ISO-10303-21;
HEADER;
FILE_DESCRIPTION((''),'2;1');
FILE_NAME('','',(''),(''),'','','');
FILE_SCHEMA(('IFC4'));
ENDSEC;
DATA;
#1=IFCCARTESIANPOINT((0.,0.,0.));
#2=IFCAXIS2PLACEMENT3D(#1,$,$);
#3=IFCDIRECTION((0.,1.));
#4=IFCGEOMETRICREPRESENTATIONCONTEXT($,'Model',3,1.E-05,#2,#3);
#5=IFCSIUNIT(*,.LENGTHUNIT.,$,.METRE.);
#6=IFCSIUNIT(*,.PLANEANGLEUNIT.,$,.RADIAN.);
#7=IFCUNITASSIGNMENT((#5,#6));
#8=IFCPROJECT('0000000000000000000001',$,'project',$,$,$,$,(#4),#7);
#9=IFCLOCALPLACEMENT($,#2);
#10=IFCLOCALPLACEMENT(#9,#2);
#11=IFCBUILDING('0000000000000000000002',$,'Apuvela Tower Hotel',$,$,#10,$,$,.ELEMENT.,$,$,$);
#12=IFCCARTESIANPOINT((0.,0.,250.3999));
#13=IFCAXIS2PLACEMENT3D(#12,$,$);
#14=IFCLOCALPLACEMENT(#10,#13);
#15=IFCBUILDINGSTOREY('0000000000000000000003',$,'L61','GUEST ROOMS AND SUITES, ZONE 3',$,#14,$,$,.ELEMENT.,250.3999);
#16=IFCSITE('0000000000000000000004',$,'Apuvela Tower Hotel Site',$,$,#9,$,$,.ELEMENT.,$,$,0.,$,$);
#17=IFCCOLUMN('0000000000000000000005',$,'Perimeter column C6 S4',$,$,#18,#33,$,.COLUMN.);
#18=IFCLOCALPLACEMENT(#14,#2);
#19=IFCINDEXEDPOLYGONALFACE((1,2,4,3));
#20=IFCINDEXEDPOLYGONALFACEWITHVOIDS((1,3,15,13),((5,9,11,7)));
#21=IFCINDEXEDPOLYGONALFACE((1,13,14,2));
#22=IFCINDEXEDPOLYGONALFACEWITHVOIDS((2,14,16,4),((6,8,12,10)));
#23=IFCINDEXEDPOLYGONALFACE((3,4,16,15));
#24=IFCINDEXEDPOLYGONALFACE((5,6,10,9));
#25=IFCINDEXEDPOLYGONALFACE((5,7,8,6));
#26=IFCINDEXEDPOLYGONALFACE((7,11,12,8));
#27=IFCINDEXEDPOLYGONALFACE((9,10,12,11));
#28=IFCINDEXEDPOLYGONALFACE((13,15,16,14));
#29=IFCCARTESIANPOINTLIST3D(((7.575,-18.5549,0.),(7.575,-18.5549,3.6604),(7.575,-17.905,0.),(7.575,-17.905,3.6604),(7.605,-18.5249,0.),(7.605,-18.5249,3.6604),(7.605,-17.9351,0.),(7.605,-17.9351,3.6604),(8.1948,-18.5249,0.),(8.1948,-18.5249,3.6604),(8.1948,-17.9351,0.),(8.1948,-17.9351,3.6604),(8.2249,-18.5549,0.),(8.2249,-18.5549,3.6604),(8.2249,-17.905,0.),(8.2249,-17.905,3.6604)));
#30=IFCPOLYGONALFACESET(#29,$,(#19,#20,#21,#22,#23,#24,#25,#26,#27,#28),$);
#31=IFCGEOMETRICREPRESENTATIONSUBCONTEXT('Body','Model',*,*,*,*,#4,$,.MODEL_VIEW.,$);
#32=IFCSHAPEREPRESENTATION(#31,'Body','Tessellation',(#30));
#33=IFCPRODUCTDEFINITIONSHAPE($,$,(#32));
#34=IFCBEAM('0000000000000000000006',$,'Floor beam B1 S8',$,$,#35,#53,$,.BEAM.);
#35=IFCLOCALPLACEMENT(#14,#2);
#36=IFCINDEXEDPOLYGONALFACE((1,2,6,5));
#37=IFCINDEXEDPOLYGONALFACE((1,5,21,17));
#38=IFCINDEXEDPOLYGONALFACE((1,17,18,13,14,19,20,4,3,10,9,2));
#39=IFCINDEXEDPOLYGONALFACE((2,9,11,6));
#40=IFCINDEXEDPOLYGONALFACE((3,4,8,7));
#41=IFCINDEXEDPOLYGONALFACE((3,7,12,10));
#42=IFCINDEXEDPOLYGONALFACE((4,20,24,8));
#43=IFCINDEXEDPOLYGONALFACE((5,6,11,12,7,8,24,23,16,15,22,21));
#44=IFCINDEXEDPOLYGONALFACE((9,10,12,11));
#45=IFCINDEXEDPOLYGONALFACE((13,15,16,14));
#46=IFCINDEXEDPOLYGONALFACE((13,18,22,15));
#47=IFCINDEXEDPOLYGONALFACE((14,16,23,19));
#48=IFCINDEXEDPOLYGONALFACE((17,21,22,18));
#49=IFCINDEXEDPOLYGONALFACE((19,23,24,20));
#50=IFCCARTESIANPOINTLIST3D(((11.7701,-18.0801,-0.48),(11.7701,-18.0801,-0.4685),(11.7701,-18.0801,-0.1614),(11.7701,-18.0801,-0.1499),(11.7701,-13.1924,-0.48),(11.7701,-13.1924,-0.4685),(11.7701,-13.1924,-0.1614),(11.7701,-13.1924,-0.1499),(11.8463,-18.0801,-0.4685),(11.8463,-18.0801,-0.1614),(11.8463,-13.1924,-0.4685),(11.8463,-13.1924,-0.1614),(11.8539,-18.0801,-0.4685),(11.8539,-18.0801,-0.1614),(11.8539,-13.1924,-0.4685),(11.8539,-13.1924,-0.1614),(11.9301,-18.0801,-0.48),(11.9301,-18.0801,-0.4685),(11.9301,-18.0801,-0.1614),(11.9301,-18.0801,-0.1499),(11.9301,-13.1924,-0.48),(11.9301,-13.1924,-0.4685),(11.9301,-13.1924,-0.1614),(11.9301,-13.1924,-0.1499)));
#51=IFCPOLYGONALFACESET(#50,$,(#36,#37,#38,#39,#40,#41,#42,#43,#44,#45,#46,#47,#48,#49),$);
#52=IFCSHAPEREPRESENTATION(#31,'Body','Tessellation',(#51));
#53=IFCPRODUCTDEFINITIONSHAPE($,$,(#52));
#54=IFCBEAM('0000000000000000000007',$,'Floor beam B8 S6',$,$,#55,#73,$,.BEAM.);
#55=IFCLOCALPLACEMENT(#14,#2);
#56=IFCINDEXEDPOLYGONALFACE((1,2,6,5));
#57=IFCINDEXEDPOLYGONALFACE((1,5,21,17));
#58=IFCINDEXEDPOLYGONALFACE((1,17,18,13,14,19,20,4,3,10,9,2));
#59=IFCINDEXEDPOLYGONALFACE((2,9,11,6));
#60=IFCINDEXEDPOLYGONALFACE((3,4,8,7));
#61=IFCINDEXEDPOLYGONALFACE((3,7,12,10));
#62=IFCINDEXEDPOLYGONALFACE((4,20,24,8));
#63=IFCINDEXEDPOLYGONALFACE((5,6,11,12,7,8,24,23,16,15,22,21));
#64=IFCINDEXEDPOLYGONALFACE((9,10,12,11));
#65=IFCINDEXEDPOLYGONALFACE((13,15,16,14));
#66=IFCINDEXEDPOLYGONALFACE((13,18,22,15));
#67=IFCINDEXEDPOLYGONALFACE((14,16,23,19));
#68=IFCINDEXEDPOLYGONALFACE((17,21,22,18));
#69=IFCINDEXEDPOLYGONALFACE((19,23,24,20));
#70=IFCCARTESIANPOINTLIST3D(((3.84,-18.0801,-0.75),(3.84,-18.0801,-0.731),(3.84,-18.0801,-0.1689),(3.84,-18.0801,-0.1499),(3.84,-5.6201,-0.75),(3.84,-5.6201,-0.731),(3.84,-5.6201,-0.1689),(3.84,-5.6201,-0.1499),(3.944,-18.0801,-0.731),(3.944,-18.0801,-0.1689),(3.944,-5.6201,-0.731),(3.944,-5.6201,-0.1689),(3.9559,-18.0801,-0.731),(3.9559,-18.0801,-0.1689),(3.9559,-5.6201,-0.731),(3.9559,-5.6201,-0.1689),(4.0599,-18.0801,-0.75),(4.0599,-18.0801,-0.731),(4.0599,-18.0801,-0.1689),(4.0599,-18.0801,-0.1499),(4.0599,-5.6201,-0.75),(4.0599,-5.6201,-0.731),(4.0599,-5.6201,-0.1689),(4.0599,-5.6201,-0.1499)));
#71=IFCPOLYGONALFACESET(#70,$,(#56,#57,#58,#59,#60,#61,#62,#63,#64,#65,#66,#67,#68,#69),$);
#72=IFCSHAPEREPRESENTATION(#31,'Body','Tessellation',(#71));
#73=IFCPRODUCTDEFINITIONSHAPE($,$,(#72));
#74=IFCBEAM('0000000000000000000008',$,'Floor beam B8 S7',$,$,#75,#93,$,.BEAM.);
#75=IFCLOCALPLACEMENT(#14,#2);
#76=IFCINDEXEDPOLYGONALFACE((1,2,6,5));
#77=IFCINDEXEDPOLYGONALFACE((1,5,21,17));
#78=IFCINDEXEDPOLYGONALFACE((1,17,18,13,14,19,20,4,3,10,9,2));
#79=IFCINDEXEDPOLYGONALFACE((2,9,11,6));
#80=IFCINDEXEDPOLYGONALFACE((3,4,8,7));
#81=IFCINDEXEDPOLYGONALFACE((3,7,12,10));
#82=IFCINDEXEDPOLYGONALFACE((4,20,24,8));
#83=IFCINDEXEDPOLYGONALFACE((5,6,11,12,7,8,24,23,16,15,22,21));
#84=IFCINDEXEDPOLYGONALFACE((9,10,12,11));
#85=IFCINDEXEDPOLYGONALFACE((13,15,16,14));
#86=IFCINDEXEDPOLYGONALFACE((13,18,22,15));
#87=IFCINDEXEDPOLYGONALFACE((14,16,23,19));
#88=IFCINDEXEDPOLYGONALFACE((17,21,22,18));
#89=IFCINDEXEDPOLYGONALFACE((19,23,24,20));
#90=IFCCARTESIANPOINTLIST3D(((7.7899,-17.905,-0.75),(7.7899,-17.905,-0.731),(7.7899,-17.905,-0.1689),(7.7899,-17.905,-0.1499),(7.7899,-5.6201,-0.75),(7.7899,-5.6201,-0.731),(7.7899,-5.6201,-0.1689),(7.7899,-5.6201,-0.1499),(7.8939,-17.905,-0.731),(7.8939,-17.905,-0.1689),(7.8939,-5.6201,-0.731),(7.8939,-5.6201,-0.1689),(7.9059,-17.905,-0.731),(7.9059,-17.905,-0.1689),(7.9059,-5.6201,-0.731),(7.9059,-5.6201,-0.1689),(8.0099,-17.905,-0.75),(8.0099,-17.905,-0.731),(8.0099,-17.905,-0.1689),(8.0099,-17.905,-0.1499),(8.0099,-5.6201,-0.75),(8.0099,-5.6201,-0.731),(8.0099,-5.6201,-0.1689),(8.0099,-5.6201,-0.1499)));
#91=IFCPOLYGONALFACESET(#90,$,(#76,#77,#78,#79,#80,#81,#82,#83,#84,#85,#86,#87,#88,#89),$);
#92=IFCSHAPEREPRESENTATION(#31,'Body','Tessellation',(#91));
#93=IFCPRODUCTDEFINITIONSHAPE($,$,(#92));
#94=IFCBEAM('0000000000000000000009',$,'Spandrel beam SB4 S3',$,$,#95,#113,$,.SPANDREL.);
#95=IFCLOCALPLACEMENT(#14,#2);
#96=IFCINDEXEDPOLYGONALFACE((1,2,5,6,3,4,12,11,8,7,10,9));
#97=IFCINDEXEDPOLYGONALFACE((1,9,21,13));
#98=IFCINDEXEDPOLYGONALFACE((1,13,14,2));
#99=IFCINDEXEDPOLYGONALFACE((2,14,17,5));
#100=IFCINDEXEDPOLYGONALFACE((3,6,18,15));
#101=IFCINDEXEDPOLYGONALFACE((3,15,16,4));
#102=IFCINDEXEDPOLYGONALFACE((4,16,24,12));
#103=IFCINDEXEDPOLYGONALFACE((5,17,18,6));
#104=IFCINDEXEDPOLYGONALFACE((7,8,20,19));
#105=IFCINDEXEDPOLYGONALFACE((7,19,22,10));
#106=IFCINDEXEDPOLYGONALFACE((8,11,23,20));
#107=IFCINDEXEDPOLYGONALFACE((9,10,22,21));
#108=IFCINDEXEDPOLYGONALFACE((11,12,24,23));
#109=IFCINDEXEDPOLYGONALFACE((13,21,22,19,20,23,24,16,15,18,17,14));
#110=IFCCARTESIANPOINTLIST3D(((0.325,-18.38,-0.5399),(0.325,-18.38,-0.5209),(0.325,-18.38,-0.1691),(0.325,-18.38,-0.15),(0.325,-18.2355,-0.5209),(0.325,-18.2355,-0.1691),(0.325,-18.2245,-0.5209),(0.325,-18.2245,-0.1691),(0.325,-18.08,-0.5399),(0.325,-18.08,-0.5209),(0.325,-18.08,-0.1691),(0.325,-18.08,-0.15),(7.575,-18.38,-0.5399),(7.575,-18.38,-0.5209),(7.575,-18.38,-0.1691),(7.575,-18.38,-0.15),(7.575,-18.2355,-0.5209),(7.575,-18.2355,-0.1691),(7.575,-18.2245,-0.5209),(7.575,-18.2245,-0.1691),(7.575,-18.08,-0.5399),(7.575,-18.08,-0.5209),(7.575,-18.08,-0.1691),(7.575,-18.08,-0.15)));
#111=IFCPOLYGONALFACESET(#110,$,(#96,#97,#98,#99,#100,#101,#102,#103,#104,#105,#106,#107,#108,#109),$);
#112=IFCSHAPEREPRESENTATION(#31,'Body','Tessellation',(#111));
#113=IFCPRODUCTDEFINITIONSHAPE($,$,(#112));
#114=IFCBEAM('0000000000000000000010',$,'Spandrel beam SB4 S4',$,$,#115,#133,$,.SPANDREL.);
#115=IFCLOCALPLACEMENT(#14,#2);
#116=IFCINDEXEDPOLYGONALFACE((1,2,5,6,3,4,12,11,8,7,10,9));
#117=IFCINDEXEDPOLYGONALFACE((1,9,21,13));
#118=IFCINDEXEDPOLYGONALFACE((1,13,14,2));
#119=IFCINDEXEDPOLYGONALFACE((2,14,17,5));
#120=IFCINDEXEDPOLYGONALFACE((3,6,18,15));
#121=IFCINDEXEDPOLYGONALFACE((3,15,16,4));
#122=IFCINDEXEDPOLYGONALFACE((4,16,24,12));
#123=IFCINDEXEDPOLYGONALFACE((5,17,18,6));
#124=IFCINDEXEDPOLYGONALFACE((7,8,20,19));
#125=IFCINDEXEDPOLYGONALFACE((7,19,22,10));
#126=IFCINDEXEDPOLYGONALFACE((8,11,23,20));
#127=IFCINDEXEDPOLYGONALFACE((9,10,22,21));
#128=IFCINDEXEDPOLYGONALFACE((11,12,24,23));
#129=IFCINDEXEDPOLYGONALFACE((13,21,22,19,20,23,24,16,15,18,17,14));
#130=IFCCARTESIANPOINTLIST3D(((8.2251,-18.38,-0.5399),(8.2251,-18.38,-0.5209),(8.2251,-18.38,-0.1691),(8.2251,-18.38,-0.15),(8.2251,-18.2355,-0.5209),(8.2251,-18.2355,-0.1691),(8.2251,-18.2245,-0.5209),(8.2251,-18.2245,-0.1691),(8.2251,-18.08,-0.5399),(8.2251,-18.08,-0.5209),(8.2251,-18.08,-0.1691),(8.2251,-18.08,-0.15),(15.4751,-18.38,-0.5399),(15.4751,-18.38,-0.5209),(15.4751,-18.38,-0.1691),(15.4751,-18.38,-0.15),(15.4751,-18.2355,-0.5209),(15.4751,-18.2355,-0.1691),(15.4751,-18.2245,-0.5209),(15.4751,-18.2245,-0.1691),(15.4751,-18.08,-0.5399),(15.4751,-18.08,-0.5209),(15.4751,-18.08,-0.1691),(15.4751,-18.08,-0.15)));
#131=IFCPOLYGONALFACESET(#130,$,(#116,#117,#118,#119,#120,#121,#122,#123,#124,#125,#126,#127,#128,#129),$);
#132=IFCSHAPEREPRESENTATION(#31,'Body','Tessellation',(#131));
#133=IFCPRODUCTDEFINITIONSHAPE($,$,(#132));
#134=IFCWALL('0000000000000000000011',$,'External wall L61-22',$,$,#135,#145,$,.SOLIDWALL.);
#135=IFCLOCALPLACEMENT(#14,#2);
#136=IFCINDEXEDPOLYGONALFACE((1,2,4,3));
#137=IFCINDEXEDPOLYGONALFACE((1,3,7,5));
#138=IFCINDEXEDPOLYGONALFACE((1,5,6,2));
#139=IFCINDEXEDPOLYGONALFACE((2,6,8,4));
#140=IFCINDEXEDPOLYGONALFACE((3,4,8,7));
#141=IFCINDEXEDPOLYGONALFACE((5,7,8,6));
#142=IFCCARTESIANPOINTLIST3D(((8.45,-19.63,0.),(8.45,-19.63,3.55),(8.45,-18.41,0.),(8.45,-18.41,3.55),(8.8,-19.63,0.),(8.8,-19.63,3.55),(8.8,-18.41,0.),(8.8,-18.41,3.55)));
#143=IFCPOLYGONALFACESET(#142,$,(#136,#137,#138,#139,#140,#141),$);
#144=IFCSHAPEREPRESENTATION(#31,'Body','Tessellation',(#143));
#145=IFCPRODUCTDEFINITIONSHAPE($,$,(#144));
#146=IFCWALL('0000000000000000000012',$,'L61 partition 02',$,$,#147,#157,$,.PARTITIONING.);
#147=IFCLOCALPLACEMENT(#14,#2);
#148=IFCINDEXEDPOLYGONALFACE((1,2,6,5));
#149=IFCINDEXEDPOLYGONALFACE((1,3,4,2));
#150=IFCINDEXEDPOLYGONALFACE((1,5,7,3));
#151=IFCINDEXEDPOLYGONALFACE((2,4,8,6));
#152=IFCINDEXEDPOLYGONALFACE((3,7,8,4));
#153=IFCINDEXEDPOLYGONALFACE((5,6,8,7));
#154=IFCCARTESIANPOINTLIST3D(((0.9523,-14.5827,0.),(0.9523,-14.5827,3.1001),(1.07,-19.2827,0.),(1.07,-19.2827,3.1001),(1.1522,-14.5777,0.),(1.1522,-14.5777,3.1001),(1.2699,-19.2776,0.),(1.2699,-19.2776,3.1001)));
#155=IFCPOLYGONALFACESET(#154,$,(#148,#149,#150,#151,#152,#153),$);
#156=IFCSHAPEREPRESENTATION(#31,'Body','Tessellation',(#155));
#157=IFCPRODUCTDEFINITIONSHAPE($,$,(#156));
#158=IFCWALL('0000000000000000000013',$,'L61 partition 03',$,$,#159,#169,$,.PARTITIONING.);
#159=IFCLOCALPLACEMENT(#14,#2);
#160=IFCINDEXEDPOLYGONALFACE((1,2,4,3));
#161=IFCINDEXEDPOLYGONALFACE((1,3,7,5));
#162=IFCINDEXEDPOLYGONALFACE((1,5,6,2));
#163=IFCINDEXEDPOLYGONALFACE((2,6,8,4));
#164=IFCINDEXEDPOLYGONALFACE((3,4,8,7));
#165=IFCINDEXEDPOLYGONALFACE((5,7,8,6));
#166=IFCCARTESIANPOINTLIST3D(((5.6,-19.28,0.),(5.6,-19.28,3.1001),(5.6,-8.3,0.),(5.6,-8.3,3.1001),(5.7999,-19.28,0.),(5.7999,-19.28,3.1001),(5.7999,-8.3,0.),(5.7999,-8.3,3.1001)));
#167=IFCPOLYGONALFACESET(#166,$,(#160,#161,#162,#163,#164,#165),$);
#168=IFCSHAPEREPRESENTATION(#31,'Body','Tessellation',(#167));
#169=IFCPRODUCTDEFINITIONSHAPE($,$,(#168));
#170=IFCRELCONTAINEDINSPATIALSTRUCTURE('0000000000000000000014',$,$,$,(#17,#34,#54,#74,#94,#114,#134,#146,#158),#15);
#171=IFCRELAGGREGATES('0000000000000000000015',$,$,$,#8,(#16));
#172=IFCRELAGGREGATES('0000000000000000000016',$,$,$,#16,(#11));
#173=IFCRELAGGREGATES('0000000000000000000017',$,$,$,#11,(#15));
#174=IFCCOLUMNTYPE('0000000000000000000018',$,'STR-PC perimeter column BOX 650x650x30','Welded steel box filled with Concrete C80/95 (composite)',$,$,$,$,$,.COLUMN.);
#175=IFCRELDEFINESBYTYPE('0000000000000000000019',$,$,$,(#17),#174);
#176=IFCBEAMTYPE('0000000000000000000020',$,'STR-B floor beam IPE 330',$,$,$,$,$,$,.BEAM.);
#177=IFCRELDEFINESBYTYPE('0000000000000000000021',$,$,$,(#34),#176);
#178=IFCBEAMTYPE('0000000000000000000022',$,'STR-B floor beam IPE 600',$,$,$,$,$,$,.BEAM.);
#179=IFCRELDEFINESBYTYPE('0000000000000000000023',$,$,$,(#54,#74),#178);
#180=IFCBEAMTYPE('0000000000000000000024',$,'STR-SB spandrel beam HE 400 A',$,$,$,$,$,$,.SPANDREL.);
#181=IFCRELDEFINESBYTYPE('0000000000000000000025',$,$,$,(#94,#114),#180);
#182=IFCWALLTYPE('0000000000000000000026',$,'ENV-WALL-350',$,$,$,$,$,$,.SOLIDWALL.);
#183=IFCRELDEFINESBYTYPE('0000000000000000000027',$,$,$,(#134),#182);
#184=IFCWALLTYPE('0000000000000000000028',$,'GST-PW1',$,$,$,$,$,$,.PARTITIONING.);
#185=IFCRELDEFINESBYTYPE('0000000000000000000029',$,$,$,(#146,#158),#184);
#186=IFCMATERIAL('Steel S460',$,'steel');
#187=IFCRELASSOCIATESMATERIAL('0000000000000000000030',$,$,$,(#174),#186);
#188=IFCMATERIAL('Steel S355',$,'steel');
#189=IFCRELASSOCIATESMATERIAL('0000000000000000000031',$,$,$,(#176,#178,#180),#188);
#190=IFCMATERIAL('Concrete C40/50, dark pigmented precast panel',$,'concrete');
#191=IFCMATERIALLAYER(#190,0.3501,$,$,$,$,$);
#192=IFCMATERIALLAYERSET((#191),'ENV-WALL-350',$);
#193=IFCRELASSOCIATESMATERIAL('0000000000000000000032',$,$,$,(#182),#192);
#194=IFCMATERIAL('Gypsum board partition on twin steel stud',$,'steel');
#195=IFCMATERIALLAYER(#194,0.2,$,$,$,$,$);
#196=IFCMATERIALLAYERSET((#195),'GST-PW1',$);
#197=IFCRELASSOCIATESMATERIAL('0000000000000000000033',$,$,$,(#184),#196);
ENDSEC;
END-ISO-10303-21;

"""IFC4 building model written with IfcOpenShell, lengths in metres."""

from ifc_helpers import new_model, si_unit, direction, frame, frame_2d, origin, origin_2d, place, context, subcontext, project, spatial, rectangle, hollow_rectangle, i_section, extrude, boolean, halfspace, material, layer, layer_set, material_profile, profile_set, type_object, element, save


model = new_model("IFC4")

# Units and contexts
model_context = context("Model", 3, precision=1e-05, world=origin(), true_north=direction((0.0, 1.0)))
body_context = subcontext(model_context, "Body", "Model", "MODEL_VIEW")
ifc_project = project(units=[si_unit("LENGTHUNIT", "METRE"), si_unit("PLANEANGLEUNIT", "RADIAN")], contexts=[model_context])

# Site, building, storey
site_placement = place(None, origin())
site = spatial("IfcSite", under=ifc_project, at=site_placement, Name="Apuvela Tower Hotel Site", CompositionType="ELEMENT", RefElevation=0.0)
building_placement = place(site_placement, origin())
building = spatial("IfcBuilding", under=site, at=building_placement, Name="Apuvela Tower Hotel", CompositionType="ELEMENT")
storey_placement = place(building_placement, frame((0.0, 0.0, 250.3999)))
storey = spatial("IfcBuildingStorey", under=building, at=storey_placement, Name="L61", Description="GUEST ROOMS AND SUITES, ZONE 3", CompositionType="ELEMENT", Elevation=250.3999)

# Column
ifc_material_1 = material(Name="Steel S460", Category="steel")
ifc_material_profile_1 = material_profile(ifc_material_1, hollow_rectangle(XDim=0.6499, YDim=0.6499, WallThickness=0.03, at=origin_2d()), Name="BOX 650x650x30")
ifc_material_2 = material(Name="Concrete C80/95", Category="concrete")
ifc_material_profile_2 = material_profile(ifc_material_2, rectangle(XDim=0.5901, YDim=0.5901, at=origin_2d()), Name="Concrete C80/95 infill")
ifc_profile_set_1 = profile_set([ifc_material_profile_1, ifc_material_profile_2], Name="Steel S460")
column_type = type_object("IfcColumnType", Name="STR-PC perimeter column BOX 650x650x30", Description="Welded steel box filled with Concrete C80/95 (composite)", PredefinedType="COLUMN", material=ifc_profile_set_1)
column_placement = place(storey_placement, frame((7.8999, -18.23, 0.0), z_axis=(0.0, 0.0, 1.0), x_axis=(-1.0, 0.0, 0.0)))
element("IfcColumn", 1, at=column_placement, inside=storey, type_object=column_type, Name="Perimeter column C6 S4", PredefinedType="COLUMN", context=body_context, shape_type="SweptSolid", body=[
    boolean("DIFFERENCE", extrude(hollow_rectangle(XDim=0.6499, YDim=0.6499, WallThickness=0.03, at=origin_2d()), origin(), (0.0, 0.0, 1.0), 3.7002), halfspace(frame((0.0, 0.0, 3.6604), z_axis=(0.0, 0.0, 1.0), x_axis=(1.0, 0.0, 0.0)), False)),
])

# Beams
ifc_material_3 = material(Name="Steel S355", Category="steel")
ifc_material_profile_3 = material_profile(ifc_material_3, i_section(OverallWidth=0.1599, OverallDepth=0.3301, WebThickness=0.0076, FlangeThickness=0.0115, at=origin_2d()), Name="IPE 330")
ifc_profile_set_2 = profile_set([ifc_material_profile_3], Name="Steel S355")
beam_type_1 = type_object("IfcBeamType", Name="STR-B floor beam IPE 330", PredefinedType="BEAM", material=ifc_profile_set_2)
beam_1_placement = place(storey_placement, frame((11.8501, -18.0801, -0.3149), z_axis=(0.0, 1.0, 0.0), x_axis=(-1.0, 0.0, 0.0)))
element("IfcBeam", 2, at=beam_1_placement, inside=storey, type_object=beam_type_1, Name="Floor beam B1 S8", PredefinedType="BEAM", context=body_context, shape_type="SweptSolid", body=[
    extrude(i_section(OverallWidth=0.1599, OverallDepth=0.3301, WebThickness=0.0076, FlangeThickness=0.0115, at=origin_2d()), origin(), (0.0, 0.0, 1.0), 4.8877),
])
ifc_material_profile_4 = material_profile(ifc_material_3, i_section(OverallWidth=0.22, OverallDepth=0.6001, WebThickness=0.012, FlangeThickness=0.019, at=origin_2d()), Name="IPE 600")
ifc_profile_set_3 = profile_set([ifc_material_profile_4], Name="Steel S355")
beam_type_2 = type_object("IfcBeamType", Name="STR-B floor beam IPE 600", PredefinedType="BEAM", material=ifc_profile_set_3)
beam_2_placement = place(storey_placement, frame((3.95, -18.0801, -0.45), z_axis=(0.0, 1.0, 0.0), x_axis=(-1.0, 0.0, 0.0)))
element("IfcBeam", 3, at=beam_2_placement, inside=storey, type_object=beam_type_2, Name="Floor beam B8 S6", PredefinedType="BEAM", context=body_context, shape_type="SweptSolid", body=[
    extrude(i_section(OverallWidth=0.22, OverallDepth=0.6001, WebThickness=0.012, FlangeThickness=0.019, at=origin_2d()), origin(), (0.0, 0.0, 1.0), 12.46),
])
beam_3_placement = place(storey_placement, frame((7.8999, -17.905, -0.45), z_axis=(0.0, 1.0, 0.0), x_axis=(-1.0, 0.0, 0.0)))
element("IfcBeam", 4, at=beam_3_placement, inside=storey, type_object=beam_type_2, Name="Floor beam B8 S7", PredefinedType="BEAM", context=body_context, shape_type="SweptSolid", body=[
    extrude(i_section(OverallWidth=0.22, OverallDepth=0.6001, WebThickness=0.012, FlangeThickness=0.019, at=origin_2d()), origin(), (0.0, 0.0, 1.0), 12.2849),
])
ifc_material_profile_5 = material_profile(ifc_material_3, i_section(OverallWidth=0.3, OverallDepth=0.3899, WebThickness=0.011, FlangeThickness=0.019, at=origin_2d()), Name="HE 400 A")
ifc_profile_set_4 = profile_set([ifc_material_profile_5], Name="Steel S355")
beam_type_3 = type_object("IfcBeamType", Name="STR-SB spandrel beam HE 400 A", PredefinedType="SPANDREL", material=ifc_profile_set_4)
for number, where, z_axis, x_axis, name in (
    (5, (0.325, -18.23, -0.345), (1.0, 0.0, 0.0), (0.0, 1.0, 0.0), "Spandrel beam SB4 S3"),
    (6, (8.2251, -18.23, -0.345), (1.0, 0.0, 0.0), (0.0, 1.0, 0.0), "Spandrel beam SB4 S4"),
):
    element("IfcBeam", number, at=place(storey_placement, frame(where, z_axis=z_axis, x_axis=x_axis)), inside=storey, type_object=beam_type_3, Name=name, PredefinedType="SPANDREL", context=body_context, shape_type="SweptSolid", body=[
        extrude(i_section(OverallWidth=0.3, OverallDepth=0.3899, WebThickness=0.011, FlangeThickness=0.019, at=origin_2d()), origin(), (0.0, 0.0, 1.0), 7.25),
    ])

# Wall
ifc_material_4 = material(Name="Concrete C40/50, dark pigmented precast panel", Category="concrete")
ifc_layer_1 = layer(ifc_material_4, 0.3501)
ifc_layer_set_1 = layer_set([ifc_layer_1], Name="ENV-WALL-350")
wall_type_1 = type_object("IfcWallType", Name="ENV-WALL-350", PredefinedType="SOLIDWALL", material=ifc_layer_set_1)
wall_1_placement = place(storey_placement, frame((8.625, -19.6299, 0.0), z_axis=(0.0, 0.0, 1.0), x_axis=(0.0, 1.0, 0.0)))
element("IfcWall", 7, at=wall_1_placement, inside=storey, type_object=wall_type_1, Name="External wall L61-22", PredefinedType="SOLIDWALL", context=body_context, shape_type="SweptSolid", body=[
    extrude(rectangle(XDim=1.22, YDim=0.3501, at=frame_2d((0.6099, 0.0))), origin(), (0.0, 0.0, 1.0), 3.55),
])

# Walls
ifc_material_5 = material(Name="Gypsum board partition on twin steel stud", Category="steel")
ifc_layer_2 = layer(ifc_material_5, 0.2)
ifc_layer_set_2 = layer_set([ifc_layer_2], Name="GST-PW1")
wall_type_2 = type_object("IfcWallType", Name="GST-PW1", PredefinedType="PARTITIONING", material=ifc_layer_set_2)
wall_2_placement = place(storey_placement, frame((1.1699, -19.28, 0.0), z_axis=(0.0, 0.0, 1.0), x_axis=(-0.02503, 0.999687, 0.0)))
element("IfcWall", 8, at=wall_2_placement, inside=storey, type_object=wall_type_2, Name="L61 partition 02", PredefinedType="PARTITIONING", context=body_context, shape_type="SweptSolid", body=[
    extrude(rectangle(XDim=4.7014, YDim=0.2, at=frame_2d((2.3506, 0.0))), origin(), (0.0, 0.0, 1.0), 3.1001),
])
wall_3_placement = place(storey_placement, frame((5.7, -19.28, 0.0), z_axis=(0.0, 0.0, 1.0), x_axis=(0.0, 1.0, 0.0)))
element("IfcWall", 9, at=wall_3_placement, inside=storey, type_object=wall_type_2, Name="L61 partition 03", PredefinedType="PARTITIONING", context=body_context, shape_type="SweptSolid", body=[
    extrude(rectangle(XDim=10.98, YDim=0.2, at=frame_2d((5.49, 0.0))), origin(), (0.0, 0.0, 1.0), 3.1001),
])

save(model, "model.ifc")
